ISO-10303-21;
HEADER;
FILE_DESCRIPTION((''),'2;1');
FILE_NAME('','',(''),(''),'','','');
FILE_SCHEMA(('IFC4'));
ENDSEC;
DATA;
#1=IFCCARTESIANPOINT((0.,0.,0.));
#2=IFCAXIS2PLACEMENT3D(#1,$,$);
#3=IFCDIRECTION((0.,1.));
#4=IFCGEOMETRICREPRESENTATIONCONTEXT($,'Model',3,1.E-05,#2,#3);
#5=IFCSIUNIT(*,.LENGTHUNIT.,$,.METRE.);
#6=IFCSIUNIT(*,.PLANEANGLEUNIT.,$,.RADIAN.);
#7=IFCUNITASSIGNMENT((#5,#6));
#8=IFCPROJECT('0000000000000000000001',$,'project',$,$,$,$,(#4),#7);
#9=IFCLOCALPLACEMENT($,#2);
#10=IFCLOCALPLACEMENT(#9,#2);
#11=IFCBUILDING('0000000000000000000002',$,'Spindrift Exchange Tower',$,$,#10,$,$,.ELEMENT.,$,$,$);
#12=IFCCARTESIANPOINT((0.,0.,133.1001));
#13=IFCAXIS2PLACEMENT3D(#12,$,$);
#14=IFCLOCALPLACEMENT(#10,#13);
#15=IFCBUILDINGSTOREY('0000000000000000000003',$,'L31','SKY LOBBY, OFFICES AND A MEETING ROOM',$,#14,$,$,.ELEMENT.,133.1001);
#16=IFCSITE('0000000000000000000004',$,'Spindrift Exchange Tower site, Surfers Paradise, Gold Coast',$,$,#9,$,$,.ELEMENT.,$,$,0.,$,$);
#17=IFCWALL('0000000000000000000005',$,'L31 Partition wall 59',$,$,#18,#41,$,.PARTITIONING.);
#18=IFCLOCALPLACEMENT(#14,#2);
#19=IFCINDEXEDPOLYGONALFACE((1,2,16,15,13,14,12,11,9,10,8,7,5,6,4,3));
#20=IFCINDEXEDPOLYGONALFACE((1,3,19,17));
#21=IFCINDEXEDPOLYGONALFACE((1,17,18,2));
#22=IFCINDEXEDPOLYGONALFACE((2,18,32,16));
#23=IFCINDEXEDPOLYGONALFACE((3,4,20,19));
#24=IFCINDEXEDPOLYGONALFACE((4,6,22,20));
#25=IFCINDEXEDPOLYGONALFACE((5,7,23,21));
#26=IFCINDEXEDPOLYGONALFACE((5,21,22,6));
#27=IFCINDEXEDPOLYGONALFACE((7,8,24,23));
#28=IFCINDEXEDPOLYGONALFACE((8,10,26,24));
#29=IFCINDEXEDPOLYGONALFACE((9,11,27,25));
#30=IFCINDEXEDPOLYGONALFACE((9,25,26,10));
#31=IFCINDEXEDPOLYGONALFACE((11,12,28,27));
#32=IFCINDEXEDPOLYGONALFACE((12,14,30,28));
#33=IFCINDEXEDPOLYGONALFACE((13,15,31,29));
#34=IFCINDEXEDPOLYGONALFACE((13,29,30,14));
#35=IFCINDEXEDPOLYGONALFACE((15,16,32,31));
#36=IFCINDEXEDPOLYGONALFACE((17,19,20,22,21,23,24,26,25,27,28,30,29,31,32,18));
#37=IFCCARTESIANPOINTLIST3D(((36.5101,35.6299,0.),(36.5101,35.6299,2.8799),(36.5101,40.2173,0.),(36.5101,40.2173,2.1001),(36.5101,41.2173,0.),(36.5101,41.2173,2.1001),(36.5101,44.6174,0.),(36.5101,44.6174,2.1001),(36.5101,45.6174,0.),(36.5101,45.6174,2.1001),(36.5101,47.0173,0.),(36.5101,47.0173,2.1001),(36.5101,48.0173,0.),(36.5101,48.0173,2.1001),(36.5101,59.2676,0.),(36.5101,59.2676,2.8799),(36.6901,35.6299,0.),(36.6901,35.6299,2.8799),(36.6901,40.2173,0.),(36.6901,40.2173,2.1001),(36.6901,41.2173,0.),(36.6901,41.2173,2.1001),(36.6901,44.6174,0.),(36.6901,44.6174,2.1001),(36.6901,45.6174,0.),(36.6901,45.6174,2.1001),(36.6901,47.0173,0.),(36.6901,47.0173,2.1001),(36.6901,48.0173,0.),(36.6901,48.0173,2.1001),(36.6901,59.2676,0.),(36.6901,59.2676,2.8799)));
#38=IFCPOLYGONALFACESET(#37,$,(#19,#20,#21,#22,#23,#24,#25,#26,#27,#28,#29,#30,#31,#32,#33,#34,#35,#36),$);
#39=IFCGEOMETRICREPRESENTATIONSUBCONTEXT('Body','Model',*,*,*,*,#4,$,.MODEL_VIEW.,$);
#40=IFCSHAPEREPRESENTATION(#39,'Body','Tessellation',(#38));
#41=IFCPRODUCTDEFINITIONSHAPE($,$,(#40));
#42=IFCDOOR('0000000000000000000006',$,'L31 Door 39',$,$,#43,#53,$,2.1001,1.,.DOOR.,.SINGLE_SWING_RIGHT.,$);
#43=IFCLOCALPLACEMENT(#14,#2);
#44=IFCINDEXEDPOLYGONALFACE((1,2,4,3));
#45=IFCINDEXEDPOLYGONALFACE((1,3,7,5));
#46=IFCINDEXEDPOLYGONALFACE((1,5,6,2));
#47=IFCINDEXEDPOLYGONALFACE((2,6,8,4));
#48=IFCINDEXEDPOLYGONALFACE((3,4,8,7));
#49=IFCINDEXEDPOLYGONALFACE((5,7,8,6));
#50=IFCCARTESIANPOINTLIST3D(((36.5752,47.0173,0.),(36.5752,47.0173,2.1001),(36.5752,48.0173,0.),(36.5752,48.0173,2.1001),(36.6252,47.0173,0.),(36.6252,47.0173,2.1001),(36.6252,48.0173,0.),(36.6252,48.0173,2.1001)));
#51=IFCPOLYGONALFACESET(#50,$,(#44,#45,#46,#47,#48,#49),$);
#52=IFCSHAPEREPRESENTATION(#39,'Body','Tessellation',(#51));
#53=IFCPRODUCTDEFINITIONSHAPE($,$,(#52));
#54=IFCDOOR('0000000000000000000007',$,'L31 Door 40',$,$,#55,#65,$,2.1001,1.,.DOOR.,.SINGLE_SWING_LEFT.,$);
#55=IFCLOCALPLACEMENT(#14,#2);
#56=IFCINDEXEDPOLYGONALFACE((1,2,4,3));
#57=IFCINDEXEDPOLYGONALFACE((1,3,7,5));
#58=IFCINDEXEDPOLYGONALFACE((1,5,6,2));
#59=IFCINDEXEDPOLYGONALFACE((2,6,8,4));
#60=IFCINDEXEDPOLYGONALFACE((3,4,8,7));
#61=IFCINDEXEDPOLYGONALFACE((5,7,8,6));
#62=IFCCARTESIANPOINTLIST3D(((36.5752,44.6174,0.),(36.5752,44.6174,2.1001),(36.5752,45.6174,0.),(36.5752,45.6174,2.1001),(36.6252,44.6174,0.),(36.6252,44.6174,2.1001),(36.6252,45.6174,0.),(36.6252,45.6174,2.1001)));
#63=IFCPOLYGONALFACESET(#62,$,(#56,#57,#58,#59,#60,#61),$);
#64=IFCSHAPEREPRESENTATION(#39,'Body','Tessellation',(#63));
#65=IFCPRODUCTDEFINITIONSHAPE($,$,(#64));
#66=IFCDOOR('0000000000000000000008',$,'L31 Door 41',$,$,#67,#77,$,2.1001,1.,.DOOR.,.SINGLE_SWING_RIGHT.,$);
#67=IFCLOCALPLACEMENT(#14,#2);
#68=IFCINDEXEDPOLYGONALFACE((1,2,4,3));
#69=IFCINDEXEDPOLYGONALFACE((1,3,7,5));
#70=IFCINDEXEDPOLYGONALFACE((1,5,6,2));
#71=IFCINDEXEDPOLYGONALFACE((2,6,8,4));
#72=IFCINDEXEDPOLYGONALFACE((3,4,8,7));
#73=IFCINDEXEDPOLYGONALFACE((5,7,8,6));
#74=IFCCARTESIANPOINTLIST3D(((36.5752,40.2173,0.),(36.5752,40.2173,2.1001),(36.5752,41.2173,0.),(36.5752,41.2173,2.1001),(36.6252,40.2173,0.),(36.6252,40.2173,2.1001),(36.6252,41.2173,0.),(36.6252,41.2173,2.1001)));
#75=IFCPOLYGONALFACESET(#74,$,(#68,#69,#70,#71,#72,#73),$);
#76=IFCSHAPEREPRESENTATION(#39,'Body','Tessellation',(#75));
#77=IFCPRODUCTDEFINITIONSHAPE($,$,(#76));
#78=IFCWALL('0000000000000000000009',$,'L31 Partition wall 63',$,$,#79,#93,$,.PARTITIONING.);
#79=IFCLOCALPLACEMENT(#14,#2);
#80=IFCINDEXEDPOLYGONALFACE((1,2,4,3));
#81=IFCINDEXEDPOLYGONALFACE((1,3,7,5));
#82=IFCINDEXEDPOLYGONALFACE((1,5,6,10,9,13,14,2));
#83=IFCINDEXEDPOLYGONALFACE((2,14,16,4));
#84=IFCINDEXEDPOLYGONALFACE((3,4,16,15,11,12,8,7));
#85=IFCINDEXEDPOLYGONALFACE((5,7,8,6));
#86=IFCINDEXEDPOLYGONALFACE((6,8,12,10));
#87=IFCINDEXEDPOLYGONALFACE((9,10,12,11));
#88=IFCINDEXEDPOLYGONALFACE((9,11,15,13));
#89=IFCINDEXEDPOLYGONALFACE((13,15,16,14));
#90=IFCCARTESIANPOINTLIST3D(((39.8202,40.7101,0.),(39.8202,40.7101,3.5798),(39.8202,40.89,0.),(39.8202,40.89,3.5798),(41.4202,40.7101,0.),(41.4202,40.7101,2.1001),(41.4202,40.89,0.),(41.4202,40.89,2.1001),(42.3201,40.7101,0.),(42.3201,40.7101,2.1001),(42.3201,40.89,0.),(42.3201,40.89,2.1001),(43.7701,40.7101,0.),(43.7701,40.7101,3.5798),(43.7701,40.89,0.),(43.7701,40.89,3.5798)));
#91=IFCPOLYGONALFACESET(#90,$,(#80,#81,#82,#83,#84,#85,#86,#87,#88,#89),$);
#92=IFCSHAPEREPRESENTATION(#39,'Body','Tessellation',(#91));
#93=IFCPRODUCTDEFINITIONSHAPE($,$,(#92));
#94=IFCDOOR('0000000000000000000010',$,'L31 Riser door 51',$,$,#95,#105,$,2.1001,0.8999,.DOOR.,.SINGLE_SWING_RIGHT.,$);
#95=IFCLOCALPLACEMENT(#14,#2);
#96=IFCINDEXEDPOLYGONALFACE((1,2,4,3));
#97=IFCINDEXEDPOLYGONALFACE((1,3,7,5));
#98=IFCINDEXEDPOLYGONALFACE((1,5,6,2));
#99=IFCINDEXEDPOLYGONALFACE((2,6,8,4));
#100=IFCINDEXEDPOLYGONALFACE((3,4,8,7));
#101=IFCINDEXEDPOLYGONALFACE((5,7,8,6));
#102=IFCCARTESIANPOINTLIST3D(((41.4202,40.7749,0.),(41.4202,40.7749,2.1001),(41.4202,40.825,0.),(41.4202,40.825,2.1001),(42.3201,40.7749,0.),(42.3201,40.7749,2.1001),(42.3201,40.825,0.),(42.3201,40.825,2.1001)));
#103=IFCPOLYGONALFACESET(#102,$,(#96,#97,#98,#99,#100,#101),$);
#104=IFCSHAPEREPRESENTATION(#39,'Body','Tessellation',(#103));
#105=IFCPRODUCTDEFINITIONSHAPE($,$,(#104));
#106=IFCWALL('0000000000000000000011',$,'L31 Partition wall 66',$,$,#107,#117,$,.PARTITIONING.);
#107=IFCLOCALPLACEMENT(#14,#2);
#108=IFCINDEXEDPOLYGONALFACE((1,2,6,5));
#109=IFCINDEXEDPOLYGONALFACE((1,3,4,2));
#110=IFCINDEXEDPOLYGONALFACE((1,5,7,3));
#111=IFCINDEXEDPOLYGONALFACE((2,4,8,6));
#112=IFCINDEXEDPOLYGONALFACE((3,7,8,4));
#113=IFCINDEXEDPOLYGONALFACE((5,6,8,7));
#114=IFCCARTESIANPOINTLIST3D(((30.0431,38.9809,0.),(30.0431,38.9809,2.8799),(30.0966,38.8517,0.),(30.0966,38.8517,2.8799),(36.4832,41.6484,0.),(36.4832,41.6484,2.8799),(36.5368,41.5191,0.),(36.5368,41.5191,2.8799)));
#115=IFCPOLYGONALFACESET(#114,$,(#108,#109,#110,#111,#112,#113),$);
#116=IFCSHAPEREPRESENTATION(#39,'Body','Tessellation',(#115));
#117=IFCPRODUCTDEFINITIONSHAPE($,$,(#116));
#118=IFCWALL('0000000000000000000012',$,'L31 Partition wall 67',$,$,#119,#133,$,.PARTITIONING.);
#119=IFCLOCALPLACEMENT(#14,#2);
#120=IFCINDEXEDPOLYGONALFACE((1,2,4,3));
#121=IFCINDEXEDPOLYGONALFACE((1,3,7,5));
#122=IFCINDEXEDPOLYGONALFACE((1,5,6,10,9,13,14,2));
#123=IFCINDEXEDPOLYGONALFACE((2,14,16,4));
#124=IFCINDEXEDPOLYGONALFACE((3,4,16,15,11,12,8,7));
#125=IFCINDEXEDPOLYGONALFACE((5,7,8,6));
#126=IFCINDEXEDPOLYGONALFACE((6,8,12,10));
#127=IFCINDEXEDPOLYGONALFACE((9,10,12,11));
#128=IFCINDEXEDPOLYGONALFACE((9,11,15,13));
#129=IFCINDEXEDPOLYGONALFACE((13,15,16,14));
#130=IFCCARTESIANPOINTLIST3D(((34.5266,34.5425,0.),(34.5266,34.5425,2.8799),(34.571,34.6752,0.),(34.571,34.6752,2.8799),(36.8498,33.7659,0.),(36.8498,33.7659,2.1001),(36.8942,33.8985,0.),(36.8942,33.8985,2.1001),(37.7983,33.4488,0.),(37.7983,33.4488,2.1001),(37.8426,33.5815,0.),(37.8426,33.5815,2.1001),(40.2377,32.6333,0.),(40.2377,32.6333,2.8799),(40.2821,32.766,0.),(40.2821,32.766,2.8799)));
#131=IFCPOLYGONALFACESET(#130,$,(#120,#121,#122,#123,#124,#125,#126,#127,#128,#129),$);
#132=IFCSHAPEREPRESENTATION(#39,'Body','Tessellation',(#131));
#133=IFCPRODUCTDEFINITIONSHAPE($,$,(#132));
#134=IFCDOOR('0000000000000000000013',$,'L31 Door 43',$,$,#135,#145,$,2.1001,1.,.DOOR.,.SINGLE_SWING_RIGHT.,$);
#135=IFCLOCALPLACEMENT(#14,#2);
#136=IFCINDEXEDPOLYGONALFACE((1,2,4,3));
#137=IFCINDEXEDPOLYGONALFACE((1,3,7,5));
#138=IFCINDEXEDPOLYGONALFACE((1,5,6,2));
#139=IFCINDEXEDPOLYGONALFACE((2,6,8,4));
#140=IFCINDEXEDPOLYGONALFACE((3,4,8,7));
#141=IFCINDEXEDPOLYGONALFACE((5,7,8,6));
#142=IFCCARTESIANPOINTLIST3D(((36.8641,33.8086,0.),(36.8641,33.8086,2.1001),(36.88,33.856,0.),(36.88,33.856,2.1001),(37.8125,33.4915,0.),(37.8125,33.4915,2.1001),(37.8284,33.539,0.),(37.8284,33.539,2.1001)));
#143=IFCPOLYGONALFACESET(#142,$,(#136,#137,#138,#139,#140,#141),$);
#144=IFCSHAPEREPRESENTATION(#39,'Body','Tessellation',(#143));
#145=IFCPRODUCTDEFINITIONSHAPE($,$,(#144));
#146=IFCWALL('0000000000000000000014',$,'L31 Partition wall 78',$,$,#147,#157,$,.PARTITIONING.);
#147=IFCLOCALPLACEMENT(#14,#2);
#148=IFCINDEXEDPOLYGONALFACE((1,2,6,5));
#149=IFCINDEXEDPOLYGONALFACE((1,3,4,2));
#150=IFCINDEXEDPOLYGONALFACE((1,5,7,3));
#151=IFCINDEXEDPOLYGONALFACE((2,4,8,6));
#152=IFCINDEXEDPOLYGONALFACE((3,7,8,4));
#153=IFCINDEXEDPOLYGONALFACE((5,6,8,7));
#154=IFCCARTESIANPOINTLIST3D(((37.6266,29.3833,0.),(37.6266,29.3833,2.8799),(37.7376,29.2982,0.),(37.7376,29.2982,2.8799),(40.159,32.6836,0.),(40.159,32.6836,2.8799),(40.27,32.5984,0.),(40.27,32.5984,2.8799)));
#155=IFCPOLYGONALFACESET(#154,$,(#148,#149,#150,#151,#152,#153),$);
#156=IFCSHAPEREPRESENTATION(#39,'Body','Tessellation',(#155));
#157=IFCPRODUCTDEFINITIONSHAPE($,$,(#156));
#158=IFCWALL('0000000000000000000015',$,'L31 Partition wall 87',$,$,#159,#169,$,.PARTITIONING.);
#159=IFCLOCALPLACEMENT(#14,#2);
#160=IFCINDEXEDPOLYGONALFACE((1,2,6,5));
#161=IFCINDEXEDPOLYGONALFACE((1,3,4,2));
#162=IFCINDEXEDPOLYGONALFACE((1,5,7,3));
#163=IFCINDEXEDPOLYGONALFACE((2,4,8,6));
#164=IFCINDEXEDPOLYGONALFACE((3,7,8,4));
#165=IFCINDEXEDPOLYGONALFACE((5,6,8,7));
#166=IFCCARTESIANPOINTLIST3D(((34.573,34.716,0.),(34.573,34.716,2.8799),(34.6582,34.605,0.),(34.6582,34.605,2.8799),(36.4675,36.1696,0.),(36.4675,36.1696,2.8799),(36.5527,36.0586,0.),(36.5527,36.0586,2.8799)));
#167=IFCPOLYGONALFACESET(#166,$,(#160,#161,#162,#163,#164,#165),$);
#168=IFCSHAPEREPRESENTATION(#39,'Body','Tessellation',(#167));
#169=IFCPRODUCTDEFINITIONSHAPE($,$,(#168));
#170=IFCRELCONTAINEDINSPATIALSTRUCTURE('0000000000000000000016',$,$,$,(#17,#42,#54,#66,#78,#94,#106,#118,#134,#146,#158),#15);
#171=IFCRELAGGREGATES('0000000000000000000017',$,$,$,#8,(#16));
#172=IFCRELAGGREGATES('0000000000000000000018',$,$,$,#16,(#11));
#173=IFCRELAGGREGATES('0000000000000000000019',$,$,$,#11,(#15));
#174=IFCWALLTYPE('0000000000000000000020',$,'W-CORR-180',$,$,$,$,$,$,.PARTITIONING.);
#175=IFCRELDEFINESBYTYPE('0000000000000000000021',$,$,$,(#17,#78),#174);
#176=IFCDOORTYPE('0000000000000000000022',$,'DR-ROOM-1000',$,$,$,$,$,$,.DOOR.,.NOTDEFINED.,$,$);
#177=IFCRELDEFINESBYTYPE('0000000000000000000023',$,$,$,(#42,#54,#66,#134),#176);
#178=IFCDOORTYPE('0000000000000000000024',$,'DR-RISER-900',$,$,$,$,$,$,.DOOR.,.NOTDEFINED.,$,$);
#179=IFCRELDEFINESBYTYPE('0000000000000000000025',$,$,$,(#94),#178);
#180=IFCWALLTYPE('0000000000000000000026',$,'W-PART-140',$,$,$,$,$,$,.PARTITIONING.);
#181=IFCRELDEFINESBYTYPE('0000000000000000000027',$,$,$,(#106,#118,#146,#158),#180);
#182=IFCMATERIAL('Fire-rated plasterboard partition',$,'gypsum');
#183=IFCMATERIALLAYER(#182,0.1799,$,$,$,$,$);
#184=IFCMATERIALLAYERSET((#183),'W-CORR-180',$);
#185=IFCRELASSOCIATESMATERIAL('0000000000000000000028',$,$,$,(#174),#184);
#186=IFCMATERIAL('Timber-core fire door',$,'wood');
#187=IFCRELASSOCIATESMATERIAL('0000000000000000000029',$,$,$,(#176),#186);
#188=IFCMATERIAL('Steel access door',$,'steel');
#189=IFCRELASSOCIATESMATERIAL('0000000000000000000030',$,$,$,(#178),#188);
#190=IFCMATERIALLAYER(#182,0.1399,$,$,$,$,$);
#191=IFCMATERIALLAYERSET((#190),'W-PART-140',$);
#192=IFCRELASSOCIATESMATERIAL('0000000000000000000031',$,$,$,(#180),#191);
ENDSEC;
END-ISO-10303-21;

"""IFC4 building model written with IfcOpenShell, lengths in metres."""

from ifc_helpers import new_model, si_unit, direction, frame, frame_2d, origin, place, context, subcontext, project, spatial, rectangle, extrude, source, transform, mapped, material, layer, layer_set, type_object, element, fill, save


model = new_model("IFC4")

# Units and contexts
model_context = context("Model", 3, precision=1e-05, world=origin(), true_north=direction((0.0, 1.0)))
body_context = subcontext(model_context, "Body", "Model", "MODEL_VIEW")
ifc_project = project(units=[si_unit("LENGTHUNIT", "METRE"), si_unit("PLANEANGLEUNIT", "RADIAN")], contexts=[model_context])

# Site, building, storey
site_placement = place(None, origin())
site = spatial("IfcSite", under=ifc_project, at=site_placement, Name="Spindrift Exchange Tower site, Surfers Paradise, Gold Coast", CompositionType="ELEMENT", RefElevation=0.0)
building_placement = place(site_placement, origin())
building = spatial("IfcBuilding", under=site, at=building_placement, Name="Spindrift Exchange Tower", CompositionType="ELEMENT")
storey_placement = place(building_placement, frame((0.0, 0.0, 133.1001)))
storey = spatial("IfcBuildingStorey", under=building, at=storey_placement, Name="L31", Description="SKY LOBBY, OFFICES AND A MEETING ROOM", CompositionType="ELEMENT", Elevation=133.1001)

# Wall, openings, doors
ifc_material_1 = material(Name="Fire-rated plasterboard partition", Category="gypsum")
ifc_layer_1 = layer(ifc_material_1, 0.1799)
ifc_layer_set_1 = layer_set([ifc_layer_1], Name="W-CORR-180")
wall_type_1 = type_object("IfcWallType", Name="W-CORR-180", PredefinedType="PARTITIONING", material=ifc_layer_set_1)
wall_1_placement = place(storey_placement, frame((36.6001, 35.6299, 0.0), z_axis=(0.0, 0.0, 1.0), x_axis=(0.0, 1.0, 0.0)))
wall_1 = element("IfcWall", 1, at=wall_1_placement, inside=storey, type_object=wall_type_1, Name="L31 Partition wall 59", PredefinedType="PARTITIONING", context=body_context, shape_type="SweptSolid", body=[
    extrude(rectangle(XDim=23.6377, YDim=0.1799, at=frame_2d((11.8188, 0.0))), origin(), (0.0, 0.0, 1.0), 2.8799),
])
opening_1_placement = place(wall_1_placement, frame((11.3875, 0.0, 0.0)))
opening_1 = element("IfcOpeningElement", 2, at=opening_1_placement, cuts=wall_1, PredefinedType="OPENING", context=body_context, shape_type="SweptSolid", body=[
    extrude(rectangle(XDim=1.0, YDim=2.1001, at=frame_2d((0.5, 1.05))), frame((0.0, 0.0999, 0.0), z_axis=(0.0, -1.0, 0.0), x_axis=(1.0, 0.0, 0.0)), (0.0, 0.0, 1.0), 0.2),
])
opening_2_placement = place(wall_1_placement, frame((8.9875, 0.0, 0.0)))
opening_2 = element("IfcOpeningElement", 3, at=opening_2_placement, cuts=wall_1, PredefinedType="OPENING", context=body_context, shape_type="SweptSolid", body=[
    extrude(rectangle(XDim=1.0, YDim=2.1001, at=frame_2d((0.5, 1.05))), frame((0.0, 0.0999, 0.0), z_axis=(0.0, -1.0, 0.0), x_axis=(1.0, 0.0, 0.0)), (0.0, 0.0, 1.0), 0.2),
])
opening_3_placement = place(wall_1_placement, frame((4.5874, 0.0, 0.0)))
opening_3 = element("IfcOpeningElement", 4, at=opening_3_placement, cuts=wall_1, PredefinedType="OPENING", context=body_context, shape_type="SweptSolid", body=[
    extrude(rectangle(XDim=1.0, YDim=2.1001, at=frame_2d((0.5, 1.05))), frame((0.0, 0.0999, 0.0), z_axis=(0.0, -1.0, 0.0), x_axis=(1.0, 0.0, 0.0)), (0.0, 0.0, 1.0), 0.2),
])
ifc_material_2 = material(Name="Timber-core fire door", Category="wood")
door_type_1 = type_object("IfcDoorType", Name="DR-ROOM-1000", OperationType="NOTDEFINED", PredefinedType="DOOR", material=ifc_material_2)
shared_shape_1 = source(origin(), body_context, "Body", "SweptSolid", [
    extrude(rectangle(XDim=1.0, YDim=2.1001, at=frame_2d((0.5, 1.05))), frame((0.0, 0.0249, 0.0), z_axis=(0.0, -1.0, 0.0), x_axis=(1.0, 0.0, 0.0)), (0.0, 0.0, 1.0), 0.05),
])
door_1_placement = place(opening_1_placement, origin())
door_1 = element("IfcDoor", 5, at=door_1_placement, inside=storey, type_object=door_type_1, Name="L31 Door 39", OperationType="SINGLE_SWING_RIGHT", OverallHeight=2.1001, OverallWidth=1.0, PredefinedType="DOOR", context=body_context, shape_type="MappedRepresentation", body=[
    mapped(shared_shape_1, transform((0.0, 0.0, 0.0), scale=1.0)),
])
fill(opening_1, door_1)
door_2_placement = place(opening_2_placement, origin())
door_2 = element("IfcDoor", 6, at=door_2_placement, inside=storey, type_object=door_type_1, Name="L31 Door 40", OperationType="SINGLE_SWING_LEFT", OverallHeight=2.1001, OverallWidth=1.0, PredefinedType="DOOR", context=body_context, shape_type="MappedRepresentation", body=[
    mapped(shared_shape_1, transform((0.0, 0.0, 0.0), scale=1.0)),
])
fill(opening_2, door_2)
door_3_placement = place(opening_3_placement, origin())
door_3 = element("IfcDoor", 7, at=door_3_placement, inside=storey, type_object=door_type_1, Name="L31 Door 41", OperationType="SINGLE_SWING_RIGHT", OverallHeight=2.1001, OverallWidth=1.0, PredefinedType="DOOR", context=body_context, shape_type="MappedRepresentation", body=[
    mapped(shared_shape_1, transform((0.0, 0.0, 0.0), scale=1.0)),
])
fill(opening_3, door_3)

# Wall, opening, door
wall_2_placement = place(storey_placement, frame((39.8201, 40.8, 0.0), z_axis=(0.0, 0.0, 1.0), x_axis=(1.0, 0.0, 0.0)))
wall_2 = element("IfcWall", 8, at=wall_2_placement, inside=storey, type_object=wall_type_1, Name="L31 Partition wall 63", PredefinedType="PARTITIONING", context=body_context, shape_type="SweptSolid", body=[
    extrude(rectangle(XDim=3.95, YDim=0.1799, at=frame_2d((1.9751, 0.0))), origin(), (0.0, 0.0, 1.0), 3.5798),
])
opening_4_placement = place(wall_2_placement, frame((1.6001, 0.0, 0.0)))
opening_4 = element("IfcOpeningElement", 9, at=opening_4_placement, cuts=wall_2, PredefinedType="OPENING", context=body_context, shape_type="SweptSolid", body=[
    extrude(rectangle(XDim=0.8999, YDim=2.1001, at=frame_2d((0.45, 1.05))), frame((0.0, 0.0999, 0.0), z_axis=(0.0, -1.0, 0.0), x_axis=(1.0, 0.0, 0.0)), (0.0, 0.0, 1.0), 0.2),
])
ifc_material_3 = material(Name="Steel access door", Category="steel")
door_type_2 = type_object("IfcDoorType", Name="DR-RISER-900", OperationType="NOTDEFINED", PredefinedType="DOOR", material=ifc_material_3)
shared_shape_2 = source(origin(), body_context, "Body", "SweptSolid", [
    extrude(rectangle(XDim=0.8999, YDim=2.1001, at=frame_2d((0.45, 1.05))), frame((0.0, 0.0249, 0.0), z_axis=(0.0, -1.0, 0.0), x_axis=(1.0, 0.0, 0.0)), (0.0, 0.0, 1.0), 0.05),
])
door_4_placement = place(opening_4_placement, origin())
door_4 = element("IfcDoor", 10, at=door_4_placement, inside=storey, type_object=door_type_2, Name="L31 Riser door 51", OperationType="SINGLE_SWING_RIGHT", OverallHeight=2.1001, OverallWidth=0.8999, PredefinedType="DOOR", context=body_context, shape_type="MappedRepresentation", body=[
    mapped(shared_shape_2, transform((0.0, 0.0, 0.0), scale=1.0)),
])
fill(opening_4, door_4)

# Wall
ifc_layer_2 = layer(ifc_material_1, 0.1399)
ifc_layer_set_2 = layer_set([ifc_layer_2], Name="W-PART-140")
wall_type_2 = type_object("IfcWallType", Name="W-PART-140", PredefinedType="PARTITIONING", material=ifc_layer_set_2)
wall_3_placement = place(storey_placement, frame((36.51, 41.5837, 0.0), z_axis=(0.0, 0.0, 1.0), x_axis=(-0.923886, -0.382667, 0.0)))
element("IfcWall", 11, at=wall_3_placement, inside=storey, type_object=wall_type_2, Name="L31 Partition wall 66", PredefinedType="PARTITIONING", context=body_context, shape_type="SweptSolid", body=[
    extrude(rectangle(XDim=6.9707, YDim=0.1399, at=frame_2d((3.4854, 0.0))), origin(), (0.0, 0.0, 1.0), 2.8799),
])

# Wall, opening, door
wall_4_placement = place(storey_placement, frame((40.2598, 32.6997, 0.0), z_axis=(0.0, 0.0, 1.0), x_axis=(-0.948411, 0.317043, 0.0)))
wall_4 = element("IfcWall", 12, at=wall_4_placement, inside=storey, type_object=wall_type_2, Name="L31 Partition wall 67", PredefinedType="PARTITIONING", context=body_context, shape_type="SweptSolid", body=[
    extrude(rectangle(XDim=6.0217, YDim=0.1399, at=frame_2d((3.0107, 0.0))), origin(), (0.0, 0.0, 1.0), 2.8799),
])
opening_5_placement = place(wall_4_placement, frame((2.572, 0.0, 0.0)))
opening_5 = element("IfcOpeningElement", 13, at=opening_5_placement, cuts=wall_4, PredefinedType="OPENING", context=body_context, shape_type="SweptSolid", body=[
    extrude(rectangle(XDim=1.0, YDim=2.1001, at=frame_2d((0.5, 1.05))), frame((0.0, 0.0798, 0.0), z_axis=(0.0, -1.0, 0.0), x_axis=(1.0, 0.0, 0.0)), (0.0, 0.0, 1.0), 0.1599),
])
door_5_placement = place(opening_5_placement, origin())
door_5 = element("IfcDoor", 14, at=door_5_placement, inside=storey, type_object=door_type_1, Name="L31 Door 43", OperationType="SINGLE_SWING_RIGHT", OverallHeight=2.1001, OverallWidth=1.0, PredefinedType="DOOR", context=body_context, shape_type="MappedRepresentation", body=[
    mapped(shared_shape_1, transform((0.0, 0.0, 0.0), scale=1.0)),
])
fill(opening_5, door_5)

# Walls
wall_5_placement = place(storey_placement, frame((40.2146, 32.6411, 0.0), z_axis=(0.0, 0.0, 1.0), x_axis=(-0.608772, -0.793346, 0.0)))
element("IfcWall", 15, at=wall_5_placement, inside=storey, type_object=wall_type_2, Name="L31 Partition wall 78", PredefinedType="PARTITIONING", context=body_context, shape_type="SweptSolid", body=[
    extrude(rectangle(XDim=4.1599, YDim=0.1399, at=frame_2d((2.0801, 0.0))), origin(), (0.0, 0.0, 1.0), 2.8799),
])
wall_6_placement = place(storey_placement, frame((36.51, 36.114, 0.0), z_axis=(0.0, 0.0, 1.0), x_axis=(-0.793376, -0.608732, 0.0)))
element("IfcWall", 16, at=wall_6_placement, inside=storey, type_object=wall_type_2, Name="L31 Partition wall 87", PredefinedType="PARTITIONING", context=body_context, shape_type="SweptSolid", body=[
    extrude(rectangle(XDim=2.3879, YDim=0.1399, at=frame_2d((1.1938, 0.0))), origin(), (0.0, 0.0, 1.0), 2.8799),
])

save(model, "model.ifc")
